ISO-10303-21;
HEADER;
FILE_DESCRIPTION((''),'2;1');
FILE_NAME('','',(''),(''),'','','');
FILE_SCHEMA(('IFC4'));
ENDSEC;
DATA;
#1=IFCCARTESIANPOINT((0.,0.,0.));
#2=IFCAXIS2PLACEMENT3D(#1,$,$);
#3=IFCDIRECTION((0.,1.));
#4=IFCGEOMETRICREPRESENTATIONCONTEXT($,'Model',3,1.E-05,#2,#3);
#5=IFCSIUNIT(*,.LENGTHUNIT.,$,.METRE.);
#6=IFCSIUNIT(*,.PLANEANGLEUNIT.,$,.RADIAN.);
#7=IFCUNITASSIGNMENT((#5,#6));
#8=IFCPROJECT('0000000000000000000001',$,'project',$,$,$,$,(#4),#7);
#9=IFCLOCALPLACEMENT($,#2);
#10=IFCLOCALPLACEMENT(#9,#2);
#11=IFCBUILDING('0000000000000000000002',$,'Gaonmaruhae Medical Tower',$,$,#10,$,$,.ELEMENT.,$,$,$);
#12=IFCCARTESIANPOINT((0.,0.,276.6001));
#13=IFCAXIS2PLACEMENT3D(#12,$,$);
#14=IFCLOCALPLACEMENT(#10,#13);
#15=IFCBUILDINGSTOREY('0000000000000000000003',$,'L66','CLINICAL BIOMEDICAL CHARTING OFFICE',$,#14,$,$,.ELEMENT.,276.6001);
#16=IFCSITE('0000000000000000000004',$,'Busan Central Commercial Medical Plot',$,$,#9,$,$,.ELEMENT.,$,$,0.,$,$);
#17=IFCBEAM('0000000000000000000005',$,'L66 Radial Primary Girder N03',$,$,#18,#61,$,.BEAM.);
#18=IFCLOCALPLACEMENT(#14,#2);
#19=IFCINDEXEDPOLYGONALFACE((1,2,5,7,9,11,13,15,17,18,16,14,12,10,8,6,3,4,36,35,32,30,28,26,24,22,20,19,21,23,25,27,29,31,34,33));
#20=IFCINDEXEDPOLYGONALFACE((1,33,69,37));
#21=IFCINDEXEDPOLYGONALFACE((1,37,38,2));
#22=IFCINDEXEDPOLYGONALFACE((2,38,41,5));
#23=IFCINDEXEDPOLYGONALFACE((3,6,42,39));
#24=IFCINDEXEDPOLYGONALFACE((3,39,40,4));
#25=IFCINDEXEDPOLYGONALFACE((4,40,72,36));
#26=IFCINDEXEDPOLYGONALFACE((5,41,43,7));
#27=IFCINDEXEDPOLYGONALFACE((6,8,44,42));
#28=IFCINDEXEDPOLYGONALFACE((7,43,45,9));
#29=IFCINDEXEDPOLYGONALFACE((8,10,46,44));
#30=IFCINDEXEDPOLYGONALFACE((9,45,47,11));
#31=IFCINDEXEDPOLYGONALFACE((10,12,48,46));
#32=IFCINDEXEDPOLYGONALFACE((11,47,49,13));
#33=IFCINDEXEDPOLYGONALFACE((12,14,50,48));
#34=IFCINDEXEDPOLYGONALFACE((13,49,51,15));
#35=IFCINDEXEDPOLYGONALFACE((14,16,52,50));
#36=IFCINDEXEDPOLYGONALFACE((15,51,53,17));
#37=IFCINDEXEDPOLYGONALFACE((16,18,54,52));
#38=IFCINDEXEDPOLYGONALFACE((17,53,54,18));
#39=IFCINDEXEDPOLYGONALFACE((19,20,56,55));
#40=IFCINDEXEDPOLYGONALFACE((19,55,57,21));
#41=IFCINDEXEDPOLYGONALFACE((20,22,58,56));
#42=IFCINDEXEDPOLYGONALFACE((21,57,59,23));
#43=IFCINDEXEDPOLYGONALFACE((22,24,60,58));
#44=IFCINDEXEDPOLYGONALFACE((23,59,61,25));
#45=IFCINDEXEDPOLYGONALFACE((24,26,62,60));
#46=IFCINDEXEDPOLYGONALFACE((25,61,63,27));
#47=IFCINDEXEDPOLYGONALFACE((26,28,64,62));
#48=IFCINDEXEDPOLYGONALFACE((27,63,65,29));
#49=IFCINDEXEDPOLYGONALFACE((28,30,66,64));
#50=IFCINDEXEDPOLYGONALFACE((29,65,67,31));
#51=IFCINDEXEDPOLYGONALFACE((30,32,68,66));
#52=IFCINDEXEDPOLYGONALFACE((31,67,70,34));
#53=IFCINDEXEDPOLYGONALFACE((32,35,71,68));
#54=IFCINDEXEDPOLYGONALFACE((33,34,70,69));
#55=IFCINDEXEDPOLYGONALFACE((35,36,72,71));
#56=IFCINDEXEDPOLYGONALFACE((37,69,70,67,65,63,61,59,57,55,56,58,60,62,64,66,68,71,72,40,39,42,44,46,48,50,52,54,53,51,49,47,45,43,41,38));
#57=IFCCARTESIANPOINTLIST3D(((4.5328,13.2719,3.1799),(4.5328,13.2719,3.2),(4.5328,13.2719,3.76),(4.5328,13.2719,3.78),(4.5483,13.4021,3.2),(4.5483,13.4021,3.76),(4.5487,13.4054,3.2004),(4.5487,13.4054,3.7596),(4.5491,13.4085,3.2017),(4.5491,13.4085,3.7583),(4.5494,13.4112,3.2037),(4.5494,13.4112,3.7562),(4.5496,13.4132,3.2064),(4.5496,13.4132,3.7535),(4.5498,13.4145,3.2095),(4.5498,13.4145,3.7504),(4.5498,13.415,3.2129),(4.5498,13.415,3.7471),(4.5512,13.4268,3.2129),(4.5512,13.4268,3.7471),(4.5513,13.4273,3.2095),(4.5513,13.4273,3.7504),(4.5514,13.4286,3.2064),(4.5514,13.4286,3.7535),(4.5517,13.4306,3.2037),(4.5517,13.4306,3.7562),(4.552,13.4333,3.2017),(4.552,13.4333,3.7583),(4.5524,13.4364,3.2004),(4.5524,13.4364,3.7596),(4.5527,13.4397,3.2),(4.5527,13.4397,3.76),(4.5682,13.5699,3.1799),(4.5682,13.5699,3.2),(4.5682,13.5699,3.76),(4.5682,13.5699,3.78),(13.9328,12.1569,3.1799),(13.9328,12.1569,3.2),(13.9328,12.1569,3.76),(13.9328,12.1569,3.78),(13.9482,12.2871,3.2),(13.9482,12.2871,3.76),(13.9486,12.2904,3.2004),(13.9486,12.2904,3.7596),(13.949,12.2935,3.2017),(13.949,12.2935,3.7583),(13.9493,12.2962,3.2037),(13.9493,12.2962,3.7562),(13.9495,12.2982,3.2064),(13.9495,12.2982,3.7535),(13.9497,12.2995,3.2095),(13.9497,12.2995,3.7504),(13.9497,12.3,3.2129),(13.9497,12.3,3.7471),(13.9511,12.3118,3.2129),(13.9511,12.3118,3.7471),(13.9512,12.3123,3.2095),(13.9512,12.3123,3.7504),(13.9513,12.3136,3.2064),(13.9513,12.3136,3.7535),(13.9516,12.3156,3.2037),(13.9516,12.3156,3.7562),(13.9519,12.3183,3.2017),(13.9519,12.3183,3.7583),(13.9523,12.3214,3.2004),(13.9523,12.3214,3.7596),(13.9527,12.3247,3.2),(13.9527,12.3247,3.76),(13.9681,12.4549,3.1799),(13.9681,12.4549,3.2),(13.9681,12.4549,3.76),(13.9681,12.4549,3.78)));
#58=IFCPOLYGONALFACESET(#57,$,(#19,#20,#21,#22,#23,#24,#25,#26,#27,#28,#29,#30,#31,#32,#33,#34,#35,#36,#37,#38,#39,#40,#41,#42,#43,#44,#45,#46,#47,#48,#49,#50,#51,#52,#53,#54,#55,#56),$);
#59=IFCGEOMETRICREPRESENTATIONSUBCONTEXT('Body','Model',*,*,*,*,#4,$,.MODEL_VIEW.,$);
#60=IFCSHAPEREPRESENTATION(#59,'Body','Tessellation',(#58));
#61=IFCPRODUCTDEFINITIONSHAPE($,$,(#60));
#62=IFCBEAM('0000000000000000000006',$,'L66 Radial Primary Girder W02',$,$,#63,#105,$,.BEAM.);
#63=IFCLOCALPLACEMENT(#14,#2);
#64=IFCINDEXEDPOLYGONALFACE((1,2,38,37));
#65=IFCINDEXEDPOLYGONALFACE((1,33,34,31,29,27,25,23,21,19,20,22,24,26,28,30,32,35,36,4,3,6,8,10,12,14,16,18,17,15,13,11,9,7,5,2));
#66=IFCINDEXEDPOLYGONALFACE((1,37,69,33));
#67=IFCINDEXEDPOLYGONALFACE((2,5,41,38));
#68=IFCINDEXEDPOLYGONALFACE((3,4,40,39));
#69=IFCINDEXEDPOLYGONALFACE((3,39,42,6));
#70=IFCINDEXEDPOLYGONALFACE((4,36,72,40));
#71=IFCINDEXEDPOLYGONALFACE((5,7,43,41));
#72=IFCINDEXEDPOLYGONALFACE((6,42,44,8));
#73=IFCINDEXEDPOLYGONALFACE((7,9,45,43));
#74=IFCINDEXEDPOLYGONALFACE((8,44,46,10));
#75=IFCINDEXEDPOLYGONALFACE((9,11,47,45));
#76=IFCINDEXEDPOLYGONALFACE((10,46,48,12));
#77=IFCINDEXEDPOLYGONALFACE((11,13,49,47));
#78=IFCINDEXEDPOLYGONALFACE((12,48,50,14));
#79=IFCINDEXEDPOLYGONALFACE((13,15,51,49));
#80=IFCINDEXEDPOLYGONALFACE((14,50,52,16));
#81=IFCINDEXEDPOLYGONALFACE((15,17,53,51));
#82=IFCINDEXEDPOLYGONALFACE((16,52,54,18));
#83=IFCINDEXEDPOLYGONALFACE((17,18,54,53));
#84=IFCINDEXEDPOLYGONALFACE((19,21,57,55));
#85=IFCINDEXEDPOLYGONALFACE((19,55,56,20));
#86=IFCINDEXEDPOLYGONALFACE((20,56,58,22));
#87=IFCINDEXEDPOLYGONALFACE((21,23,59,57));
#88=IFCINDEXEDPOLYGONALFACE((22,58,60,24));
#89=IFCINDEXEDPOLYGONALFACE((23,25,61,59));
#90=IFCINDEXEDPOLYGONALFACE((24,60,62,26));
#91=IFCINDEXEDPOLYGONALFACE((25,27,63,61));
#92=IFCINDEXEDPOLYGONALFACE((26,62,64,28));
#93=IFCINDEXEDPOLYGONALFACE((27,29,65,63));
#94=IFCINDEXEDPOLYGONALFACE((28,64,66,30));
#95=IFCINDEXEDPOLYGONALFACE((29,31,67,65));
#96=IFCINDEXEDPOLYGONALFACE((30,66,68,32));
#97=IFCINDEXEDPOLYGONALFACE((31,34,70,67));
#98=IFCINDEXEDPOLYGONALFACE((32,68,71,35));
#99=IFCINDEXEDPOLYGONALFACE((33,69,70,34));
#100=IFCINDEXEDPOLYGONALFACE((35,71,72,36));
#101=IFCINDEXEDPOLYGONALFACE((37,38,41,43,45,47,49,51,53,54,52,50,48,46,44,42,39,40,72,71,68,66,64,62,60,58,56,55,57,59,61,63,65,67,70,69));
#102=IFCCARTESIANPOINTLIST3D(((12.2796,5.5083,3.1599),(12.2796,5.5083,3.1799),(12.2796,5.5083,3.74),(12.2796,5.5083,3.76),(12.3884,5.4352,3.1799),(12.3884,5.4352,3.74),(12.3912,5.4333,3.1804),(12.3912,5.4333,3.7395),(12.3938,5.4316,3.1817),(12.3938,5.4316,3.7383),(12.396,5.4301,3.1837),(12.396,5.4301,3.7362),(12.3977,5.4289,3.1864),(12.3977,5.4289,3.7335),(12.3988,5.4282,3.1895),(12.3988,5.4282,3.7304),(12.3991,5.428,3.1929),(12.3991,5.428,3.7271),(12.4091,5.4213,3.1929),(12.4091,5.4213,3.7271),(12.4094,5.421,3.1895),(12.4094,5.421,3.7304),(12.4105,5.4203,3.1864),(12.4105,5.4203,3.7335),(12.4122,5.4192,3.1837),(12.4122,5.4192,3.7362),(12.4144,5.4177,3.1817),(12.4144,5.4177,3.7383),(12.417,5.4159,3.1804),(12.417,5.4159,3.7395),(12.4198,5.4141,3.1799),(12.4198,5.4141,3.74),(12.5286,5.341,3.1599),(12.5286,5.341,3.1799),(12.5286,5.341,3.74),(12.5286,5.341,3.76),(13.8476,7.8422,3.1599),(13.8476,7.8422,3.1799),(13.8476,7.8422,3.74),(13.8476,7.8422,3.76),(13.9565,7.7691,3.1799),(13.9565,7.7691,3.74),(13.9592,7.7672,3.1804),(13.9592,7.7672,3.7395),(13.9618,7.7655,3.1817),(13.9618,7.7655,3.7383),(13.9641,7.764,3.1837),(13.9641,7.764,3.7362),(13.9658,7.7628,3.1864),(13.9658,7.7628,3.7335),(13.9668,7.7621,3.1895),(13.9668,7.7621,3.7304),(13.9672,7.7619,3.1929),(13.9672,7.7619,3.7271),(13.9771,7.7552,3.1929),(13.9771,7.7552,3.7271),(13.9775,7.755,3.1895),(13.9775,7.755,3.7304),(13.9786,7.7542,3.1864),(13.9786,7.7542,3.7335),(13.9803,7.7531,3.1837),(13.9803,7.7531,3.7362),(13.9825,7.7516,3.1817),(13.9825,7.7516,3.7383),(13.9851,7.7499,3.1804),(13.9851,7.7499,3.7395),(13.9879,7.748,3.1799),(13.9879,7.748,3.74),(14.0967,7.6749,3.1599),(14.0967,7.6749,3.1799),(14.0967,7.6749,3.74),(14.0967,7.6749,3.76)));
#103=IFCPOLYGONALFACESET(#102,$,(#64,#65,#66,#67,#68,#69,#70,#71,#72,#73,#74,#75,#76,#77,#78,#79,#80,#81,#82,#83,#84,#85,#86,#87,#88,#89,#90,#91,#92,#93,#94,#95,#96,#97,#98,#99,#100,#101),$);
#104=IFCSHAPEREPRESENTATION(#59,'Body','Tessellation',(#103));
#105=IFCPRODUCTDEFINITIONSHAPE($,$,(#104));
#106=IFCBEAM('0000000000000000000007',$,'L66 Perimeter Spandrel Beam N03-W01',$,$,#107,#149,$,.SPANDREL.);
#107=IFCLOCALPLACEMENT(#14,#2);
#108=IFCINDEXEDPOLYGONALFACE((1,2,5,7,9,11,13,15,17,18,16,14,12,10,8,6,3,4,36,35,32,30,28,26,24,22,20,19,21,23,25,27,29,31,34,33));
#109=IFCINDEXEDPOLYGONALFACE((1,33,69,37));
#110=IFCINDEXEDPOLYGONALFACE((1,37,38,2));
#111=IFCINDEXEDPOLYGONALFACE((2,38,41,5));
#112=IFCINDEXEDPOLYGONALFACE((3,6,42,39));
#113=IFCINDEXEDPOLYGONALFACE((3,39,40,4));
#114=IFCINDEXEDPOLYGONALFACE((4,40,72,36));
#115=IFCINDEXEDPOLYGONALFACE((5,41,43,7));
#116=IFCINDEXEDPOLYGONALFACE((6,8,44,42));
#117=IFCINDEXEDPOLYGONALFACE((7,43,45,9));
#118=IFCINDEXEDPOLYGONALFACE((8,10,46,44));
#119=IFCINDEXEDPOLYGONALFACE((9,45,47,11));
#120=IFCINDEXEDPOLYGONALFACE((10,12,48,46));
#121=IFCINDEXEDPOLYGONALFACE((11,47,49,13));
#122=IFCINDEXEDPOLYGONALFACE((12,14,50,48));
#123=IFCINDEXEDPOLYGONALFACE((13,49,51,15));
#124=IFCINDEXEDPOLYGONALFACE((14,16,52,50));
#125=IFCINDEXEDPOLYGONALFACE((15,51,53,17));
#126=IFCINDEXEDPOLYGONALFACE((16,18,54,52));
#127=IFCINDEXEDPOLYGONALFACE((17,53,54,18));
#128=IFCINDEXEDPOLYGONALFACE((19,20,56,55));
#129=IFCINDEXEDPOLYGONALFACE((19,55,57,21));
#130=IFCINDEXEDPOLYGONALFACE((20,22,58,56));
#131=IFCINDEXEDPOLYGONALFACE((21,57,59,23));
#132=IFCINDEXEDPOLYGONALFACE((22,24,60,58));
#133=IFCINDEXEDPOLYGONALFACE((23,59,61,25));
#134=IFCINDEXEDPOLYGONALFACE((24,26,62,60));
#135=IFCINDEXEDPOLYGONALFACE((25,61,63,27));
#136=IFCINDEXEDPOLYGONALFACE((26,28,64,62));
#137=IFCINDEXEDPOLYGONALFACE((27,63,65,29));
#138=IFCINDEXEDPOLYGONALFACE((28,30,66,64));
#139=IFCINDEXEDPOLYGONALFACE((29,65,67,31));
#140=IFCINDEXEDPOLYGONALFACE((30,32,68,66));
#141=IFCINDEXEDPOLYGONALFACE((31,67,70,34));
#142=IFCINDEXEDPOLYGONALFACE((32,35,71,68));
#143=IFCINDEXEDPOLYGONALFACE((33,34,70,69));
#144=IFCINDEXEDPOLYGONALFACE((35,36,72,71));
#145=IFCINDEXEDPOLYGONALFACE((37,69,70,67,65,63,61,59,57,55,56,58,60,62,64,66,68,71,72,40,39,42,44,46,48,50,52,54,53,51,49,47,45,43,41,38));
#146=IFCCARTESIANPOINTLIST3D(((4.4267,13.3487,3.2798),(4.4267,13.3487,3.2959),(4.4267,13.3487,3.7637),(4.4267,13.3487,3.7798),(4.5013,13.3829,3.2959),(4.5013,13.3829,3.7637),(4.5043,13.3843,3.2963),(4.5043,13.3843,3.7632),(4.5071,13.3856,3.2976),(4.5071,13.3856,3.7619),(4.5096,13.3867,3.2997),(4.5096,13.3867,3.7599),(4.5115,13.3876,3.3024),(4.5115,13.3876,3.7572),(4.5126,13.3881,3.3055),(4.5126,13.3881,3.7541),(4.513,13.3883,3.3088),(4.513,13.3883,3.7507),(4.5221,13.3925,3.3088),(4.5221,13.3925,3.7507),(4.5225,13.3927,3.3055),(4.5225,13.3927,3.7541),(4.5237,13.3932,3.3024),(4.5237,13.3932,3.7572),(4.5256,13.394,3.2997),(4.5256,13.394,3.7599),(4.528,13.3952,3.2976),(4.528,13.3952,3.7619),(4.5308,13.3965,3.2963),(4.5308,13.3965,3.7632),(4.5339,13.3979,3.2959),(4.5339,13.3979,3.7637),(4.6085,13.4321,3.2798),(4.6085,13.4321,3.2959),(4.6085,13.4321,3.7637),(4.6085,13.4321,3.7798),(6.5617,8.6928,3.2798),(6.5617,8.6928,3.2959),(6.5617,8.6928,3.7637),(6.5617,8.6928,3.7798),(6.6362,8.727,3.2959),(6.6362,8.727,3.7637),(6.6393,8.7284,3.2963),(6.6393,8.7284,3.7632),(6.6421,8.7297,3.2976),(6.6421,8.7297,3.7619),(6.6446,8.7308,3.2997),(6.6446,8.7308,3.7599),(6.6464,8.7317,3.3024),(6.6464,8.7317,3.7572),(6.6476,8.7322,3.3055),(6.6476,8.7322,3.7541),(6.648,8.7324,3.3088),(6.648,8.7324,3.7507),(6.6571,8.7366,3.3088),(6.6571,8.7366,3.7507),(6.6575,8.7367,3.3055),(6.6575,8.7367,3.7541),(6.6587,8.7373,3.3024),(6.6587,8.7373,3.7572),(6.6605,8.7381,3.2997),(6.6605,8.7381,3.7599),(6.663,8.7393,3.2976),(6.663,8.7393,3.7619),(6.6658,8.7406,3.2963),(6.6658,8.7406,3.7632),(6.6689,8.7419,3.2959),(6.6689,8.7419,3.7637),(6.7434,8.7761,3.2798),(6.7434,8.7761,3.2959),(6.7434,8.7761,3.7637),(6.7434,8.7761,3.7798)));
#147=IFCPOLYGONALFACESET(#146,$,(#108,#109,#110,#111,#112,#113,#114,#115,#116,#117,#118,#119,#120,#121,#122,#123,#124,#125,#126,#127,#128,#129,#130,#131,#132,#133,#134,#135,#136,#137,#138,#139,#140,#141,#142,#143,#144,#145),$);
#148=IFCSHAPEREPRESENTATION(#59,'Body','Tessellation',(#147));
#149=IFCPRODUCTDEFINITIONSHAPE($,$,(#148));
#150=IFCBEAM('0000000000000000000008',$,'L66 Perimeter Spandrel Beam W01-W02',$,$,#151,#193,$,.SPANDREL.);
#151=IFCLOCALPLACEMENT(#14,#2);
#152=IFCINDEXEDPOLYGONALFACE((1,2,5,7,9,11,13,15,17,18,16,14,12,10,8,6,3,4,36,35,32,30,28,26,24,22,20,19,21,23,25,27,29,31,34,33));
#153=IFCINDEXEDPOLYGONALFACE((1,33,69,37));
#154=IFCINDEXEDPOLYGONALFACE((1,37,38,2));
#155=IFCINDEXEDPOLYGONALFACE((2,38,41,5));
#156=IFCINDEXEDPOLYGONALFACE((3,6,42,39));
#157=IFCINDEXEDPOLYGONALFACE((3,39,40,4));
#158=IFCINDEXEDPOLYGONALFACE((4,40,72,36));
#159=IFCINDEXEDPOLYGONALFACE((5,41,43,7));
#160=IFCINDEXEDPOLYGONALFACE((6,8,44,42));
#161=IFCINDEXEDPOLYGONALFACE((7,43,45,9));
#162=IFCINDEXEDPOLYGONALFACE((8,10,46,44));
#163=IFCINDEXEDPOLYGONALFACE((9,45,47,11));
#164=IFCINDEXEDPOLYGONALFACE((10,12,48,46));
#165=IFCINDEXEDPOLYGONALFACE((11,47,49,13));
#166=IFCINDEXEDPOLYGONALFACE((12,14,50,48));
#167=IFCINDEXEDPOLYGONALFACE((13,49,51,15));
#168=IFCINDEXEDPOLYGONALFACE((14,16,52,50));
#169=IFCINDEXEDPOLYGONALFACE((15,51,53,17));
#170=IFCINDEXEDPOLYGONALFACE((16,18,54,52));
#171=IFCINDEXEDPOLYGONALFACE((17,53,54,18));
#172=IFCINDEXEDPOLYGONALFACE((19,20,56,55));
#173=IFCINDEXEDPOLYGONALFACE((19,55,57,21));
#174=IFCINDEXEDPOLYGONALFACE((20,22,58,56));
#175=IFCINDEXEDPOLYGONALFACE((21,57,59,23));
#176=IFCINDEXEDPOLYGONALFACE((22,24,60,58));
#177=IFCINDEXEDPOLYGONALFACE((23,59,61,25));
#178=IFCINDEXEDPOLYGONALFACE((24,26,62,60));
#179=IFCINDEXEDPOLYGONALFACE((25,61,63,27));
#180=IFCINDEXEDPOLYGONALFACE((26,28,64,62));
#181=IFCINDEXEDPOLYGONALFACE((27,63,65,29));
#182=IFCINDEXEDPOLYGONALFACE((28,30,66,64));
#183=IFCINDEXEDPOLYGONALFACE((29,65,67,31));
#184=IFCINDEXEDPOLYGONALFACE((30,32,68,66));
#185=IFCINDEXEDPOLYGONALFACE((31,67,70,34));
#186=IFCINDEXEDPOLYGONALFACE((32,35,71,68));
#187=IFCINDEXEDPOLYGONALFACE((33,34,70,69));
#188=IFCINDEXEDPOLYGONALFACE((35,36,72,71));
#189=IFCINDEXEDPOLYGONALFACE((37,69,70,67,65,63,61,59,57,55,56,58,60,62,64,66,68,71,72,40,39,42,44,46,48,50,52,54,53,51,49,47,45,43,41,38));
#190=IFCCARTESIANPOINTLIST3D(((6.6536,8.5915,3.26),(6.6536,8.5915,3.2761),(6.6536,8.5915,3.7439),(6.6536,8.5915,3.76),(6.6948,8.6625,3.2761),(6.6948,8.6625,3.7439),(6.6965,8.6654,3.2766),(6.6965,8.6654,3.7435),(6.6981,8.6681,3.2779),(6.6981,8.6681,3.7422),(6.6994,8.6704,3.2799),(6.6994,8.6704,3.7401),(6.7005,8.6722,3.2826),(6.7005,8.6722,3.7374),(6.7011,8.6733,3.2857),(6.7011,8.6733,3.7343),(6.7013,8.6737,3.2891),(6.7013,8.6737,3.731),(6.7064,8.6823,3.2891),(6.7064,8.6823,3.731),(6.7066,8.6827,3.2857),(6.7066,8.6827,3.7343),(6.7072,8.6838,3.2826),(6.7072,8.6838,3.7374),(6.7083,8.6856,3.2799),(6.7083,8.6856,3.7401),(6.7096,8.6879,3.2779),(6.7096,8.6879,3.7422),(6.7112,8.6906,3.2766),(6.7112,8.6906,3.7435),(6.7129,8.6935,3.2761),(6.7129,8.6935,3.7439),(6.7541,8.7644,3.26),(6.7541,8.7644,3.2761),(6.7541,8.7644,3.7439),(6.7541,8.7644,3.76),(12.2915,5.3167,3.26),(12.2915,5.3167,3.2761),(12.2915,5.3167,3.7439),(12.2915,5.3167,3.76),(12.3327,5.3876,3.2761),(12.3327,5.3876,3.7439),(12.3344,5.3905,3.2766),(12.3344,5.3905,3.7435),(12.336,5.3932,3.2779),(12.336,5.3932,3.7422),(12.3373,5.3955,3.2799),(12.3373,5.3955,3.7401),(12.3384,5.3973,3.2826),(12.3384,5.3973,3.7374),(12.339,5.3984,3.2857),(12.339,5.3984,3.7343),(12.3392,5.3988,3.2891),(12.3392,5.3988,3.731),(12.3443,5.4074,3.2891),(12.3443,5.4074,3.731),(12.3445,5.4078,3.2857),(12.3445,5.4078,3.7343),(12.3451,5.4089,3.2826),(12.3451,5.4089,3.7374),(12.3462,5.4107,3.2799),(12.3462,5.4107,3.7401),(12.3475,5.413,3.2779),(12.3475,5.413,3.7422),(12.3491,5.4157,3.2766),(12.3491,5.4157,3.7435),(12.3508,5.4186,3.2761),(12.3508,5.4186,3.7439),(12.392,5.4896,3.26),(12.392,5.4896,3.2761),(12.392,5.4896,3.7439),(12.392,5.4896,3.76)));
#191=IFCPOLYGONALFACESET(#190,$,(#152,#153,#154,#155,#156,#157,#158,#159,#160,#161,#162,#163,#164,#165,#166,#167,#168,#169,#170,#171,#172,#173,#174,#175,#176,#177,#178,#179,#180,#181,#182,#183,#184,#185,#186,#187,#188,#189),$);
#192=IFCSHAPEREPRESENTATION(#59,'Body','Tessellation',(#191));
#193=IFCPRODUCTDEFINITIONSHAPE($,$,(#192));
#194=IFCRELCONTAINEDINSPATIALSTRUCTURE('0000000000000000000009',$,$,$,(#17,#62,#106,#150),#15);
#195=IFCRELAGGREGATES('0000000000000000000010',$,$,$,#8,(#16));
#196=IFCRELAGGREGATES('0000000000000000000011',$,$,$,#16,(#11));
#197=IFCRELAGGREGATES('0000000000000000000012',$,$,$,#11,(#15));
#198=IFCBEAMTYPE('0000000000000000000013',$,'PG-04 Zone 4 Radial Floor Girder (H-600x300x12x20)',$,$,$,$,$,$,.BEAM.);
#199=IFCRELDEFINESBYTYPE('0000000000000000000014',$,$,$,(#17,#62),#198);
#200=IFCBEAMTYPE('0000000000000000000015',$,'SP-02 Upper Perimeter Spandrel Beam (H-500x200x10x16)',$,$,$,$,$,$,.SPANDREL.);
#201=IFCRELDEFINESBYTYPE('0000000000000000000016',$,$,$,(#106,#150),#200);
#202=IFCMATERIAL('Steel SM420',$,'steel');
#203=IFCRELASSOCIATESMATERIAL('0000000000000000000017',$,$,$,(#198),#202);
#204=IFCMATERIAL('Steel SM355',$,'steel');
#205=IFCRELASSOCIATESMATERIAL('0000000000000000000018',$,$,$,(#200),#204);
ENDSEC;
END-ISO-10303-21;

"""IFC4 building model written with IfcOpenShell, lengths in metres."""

from ifc_helpers import new_model, si_unit, direction, frame, origin, origin_2d, place, context, subcontext, project, spatial, i_section, extrude, material, material_profile, profile_set, type_object, element, save


model = new_model("IFC4")

# Units and contexts
model_context = context("Model", 3, precision=1e-05, world=origin(), true_north=direction((0.0, 1.0)))
body_context = subcontext(model_context, "Body", "Model", "MODEL_VIEW")
ifc_project = project(units=[si_unit("LENGTHUNIT", "METRE"), si_unit("PLANEANGLEUNIT", "RADIAN")], contexts=[model_context])

# Site, building, storey
site_placement = place(None, origin())
site = spatial("IfcSite", under=ifc_project, at=site_placement, Name="Busan Central Commercial Medical Plot", CompositionType="ELEMENT", RefElevation=0.0)
building_placement = place(site_placement, origin())
building = spatial("IfcBuilding", under=site, at=building_placement, Name="Gaonmaruhae Medical Tower", CompositionType="ELEMENT")
storey_placement = place(building_placement, frame((0.0, 0.0, 276.6001)))
storey = spatial("IfcBuildingStorey", under=building, at=storey_placement, Name="L66", Description="CLINICAL BIOMEDICAL CHARTING OFFICE", CompositionType="ELEMENT", Elevation=276.6001)

# Beams
ifc_material_1 = material(Name="Steel SM355", Category="steel")
ifc_material_2 = material(Name="Steel SM420", Category="steel")
ifc_material_profile_1 = material_profile(ifc_material_2, i_section(OverallWidth=0.3, OverallDepth=0.6001, WebThickness=0.012, FlangeThickness=0.02, FilletRadius=0.0129, at=origin_2d()), Name="H-600x300x12x20")
ifc_profile_set_1 = profile_set([ifc_material_profile_1], Name="Steel SM420")
beam_type_1 = type_object("IfcBeamType", Name="PG-04 Zone 4 Radial Floor Girder (H-600x300x12x20)", PredefinedType="BEAM", material=ifc_profile_set_1)
beam_1_placement = place(storey_placement, frame((13.9504, 12.3059, 3.48), z_axis=(-0.993038, 0.117791, 0.0), x_axis=(-0.117791, -0.993038, 0.0)))
element("IfcBeam", 1, at=beam_1_placement, inside=storey, type_object=beam_type_1, Name="L66 Radial Primary Girder N03", PredefinedType="BEAM", context=body_context, shape_type="SweptSolid", body=[
    extrude(i_section(OverallWidth=0.3, OverallDepth=0.6001, WebThickness=0.012, FlangeThickness=0.02, FilletRadius=0.0129, at=origin_2d()), origin(), (0.0, 0.0, 1.0), 9.4658),
])
beam_2_placement = place(storey_placement, frame((13.9722, 7.7585, 3.46), z_axis=(-0.557682, -0.830055, 0.0), x_axis=(0.830055, -0.557682, 0.0)))
element("IfcBeam", 2, at=beam_2_placement, inside=storey, type_object=beam_type_1, Name="L66 Radial Primary Girder W02", PredefinedType="BEAM", context=body_context, shape_type="SweptSolid", body=[
    extrude(i_section(OverallWidth=0.3, OverallDepth=0.6001, WebThickness=0.012, FlangeThickness=0.02, FilletRadius=0.0129, at=origin_2d()), origin(), (0.0, 0.0, 1.0), 2.8118),
])
ifc_material_profile_2 = material_profile(ifc_material_1, i_section(OverallWidth=0.2, OverallDepth=0.5, WebThickness=0.01, FlangeThickness=0.0161, FilletRadius=0.0129, at=origin_2d()), Name="H-500x200x10x16")
ifc_profile_set_2 = profile_set([ifc_material_profile_2], Name="Steel SM355")
beam_type_2 = type_object("IfcBeamType", Name="SP-02 Upper Perimeter Spandrel Beam (H-500x200x10x16)", PredefinedType="SPANDREL", material=ifc_profile_set_2)
beam_3_placement = place(storey_placement, frame((4.5176, 13.3904, 3.5298), z_axis=(0.416817, -0.90899, 0.0), x_axis=(0.90899, 0.416817, 0.0)))
element("IfcBeam", 3, at=beam_3_placement, inside=storey, type_object=beam_type_2, Name="L66 Perimeter Spandrel Beam N03-W01", PredefinedType="SPANDREL", context=body_context, shape_type="SweptSolid", body=[
    extrude(i_section(OverallWidth=0.2, OverallDepth=0.5, WebThickness=0.01, FlangeThickness=0.0161, FilletRadius=0.0129, at=origin_2d()), origin(), (0.0, 0.0, 1.0), 5.1221),
])
beam_4_placement = place(storey_placement, frame((6.7039, 8.678, 3.51), z_axis=(0.864705, -0.50228, 0.0), x_axis=(0.50228, 0.864705, 0.0)))
element("IfcBeam", 4, at=beam_4_placement, inside=storey, type_object=beam_type_2, Name="L66 Perimeter Spandrel Beam W01-W02", PredefinedType="SPANDREL", context=body_context, shape_type="SweptSolid", body=[
    extrude(i_section(OverallWidth=0.2, OverallDepth=0.5, WebThickness=0.01, FlangeThickness=0.0161, FilletRadius=0.0129, at=origin_2d()), origin(), (0.0, 0.0, 1.0), 6.52),
])

save(model, "model.ifc")
